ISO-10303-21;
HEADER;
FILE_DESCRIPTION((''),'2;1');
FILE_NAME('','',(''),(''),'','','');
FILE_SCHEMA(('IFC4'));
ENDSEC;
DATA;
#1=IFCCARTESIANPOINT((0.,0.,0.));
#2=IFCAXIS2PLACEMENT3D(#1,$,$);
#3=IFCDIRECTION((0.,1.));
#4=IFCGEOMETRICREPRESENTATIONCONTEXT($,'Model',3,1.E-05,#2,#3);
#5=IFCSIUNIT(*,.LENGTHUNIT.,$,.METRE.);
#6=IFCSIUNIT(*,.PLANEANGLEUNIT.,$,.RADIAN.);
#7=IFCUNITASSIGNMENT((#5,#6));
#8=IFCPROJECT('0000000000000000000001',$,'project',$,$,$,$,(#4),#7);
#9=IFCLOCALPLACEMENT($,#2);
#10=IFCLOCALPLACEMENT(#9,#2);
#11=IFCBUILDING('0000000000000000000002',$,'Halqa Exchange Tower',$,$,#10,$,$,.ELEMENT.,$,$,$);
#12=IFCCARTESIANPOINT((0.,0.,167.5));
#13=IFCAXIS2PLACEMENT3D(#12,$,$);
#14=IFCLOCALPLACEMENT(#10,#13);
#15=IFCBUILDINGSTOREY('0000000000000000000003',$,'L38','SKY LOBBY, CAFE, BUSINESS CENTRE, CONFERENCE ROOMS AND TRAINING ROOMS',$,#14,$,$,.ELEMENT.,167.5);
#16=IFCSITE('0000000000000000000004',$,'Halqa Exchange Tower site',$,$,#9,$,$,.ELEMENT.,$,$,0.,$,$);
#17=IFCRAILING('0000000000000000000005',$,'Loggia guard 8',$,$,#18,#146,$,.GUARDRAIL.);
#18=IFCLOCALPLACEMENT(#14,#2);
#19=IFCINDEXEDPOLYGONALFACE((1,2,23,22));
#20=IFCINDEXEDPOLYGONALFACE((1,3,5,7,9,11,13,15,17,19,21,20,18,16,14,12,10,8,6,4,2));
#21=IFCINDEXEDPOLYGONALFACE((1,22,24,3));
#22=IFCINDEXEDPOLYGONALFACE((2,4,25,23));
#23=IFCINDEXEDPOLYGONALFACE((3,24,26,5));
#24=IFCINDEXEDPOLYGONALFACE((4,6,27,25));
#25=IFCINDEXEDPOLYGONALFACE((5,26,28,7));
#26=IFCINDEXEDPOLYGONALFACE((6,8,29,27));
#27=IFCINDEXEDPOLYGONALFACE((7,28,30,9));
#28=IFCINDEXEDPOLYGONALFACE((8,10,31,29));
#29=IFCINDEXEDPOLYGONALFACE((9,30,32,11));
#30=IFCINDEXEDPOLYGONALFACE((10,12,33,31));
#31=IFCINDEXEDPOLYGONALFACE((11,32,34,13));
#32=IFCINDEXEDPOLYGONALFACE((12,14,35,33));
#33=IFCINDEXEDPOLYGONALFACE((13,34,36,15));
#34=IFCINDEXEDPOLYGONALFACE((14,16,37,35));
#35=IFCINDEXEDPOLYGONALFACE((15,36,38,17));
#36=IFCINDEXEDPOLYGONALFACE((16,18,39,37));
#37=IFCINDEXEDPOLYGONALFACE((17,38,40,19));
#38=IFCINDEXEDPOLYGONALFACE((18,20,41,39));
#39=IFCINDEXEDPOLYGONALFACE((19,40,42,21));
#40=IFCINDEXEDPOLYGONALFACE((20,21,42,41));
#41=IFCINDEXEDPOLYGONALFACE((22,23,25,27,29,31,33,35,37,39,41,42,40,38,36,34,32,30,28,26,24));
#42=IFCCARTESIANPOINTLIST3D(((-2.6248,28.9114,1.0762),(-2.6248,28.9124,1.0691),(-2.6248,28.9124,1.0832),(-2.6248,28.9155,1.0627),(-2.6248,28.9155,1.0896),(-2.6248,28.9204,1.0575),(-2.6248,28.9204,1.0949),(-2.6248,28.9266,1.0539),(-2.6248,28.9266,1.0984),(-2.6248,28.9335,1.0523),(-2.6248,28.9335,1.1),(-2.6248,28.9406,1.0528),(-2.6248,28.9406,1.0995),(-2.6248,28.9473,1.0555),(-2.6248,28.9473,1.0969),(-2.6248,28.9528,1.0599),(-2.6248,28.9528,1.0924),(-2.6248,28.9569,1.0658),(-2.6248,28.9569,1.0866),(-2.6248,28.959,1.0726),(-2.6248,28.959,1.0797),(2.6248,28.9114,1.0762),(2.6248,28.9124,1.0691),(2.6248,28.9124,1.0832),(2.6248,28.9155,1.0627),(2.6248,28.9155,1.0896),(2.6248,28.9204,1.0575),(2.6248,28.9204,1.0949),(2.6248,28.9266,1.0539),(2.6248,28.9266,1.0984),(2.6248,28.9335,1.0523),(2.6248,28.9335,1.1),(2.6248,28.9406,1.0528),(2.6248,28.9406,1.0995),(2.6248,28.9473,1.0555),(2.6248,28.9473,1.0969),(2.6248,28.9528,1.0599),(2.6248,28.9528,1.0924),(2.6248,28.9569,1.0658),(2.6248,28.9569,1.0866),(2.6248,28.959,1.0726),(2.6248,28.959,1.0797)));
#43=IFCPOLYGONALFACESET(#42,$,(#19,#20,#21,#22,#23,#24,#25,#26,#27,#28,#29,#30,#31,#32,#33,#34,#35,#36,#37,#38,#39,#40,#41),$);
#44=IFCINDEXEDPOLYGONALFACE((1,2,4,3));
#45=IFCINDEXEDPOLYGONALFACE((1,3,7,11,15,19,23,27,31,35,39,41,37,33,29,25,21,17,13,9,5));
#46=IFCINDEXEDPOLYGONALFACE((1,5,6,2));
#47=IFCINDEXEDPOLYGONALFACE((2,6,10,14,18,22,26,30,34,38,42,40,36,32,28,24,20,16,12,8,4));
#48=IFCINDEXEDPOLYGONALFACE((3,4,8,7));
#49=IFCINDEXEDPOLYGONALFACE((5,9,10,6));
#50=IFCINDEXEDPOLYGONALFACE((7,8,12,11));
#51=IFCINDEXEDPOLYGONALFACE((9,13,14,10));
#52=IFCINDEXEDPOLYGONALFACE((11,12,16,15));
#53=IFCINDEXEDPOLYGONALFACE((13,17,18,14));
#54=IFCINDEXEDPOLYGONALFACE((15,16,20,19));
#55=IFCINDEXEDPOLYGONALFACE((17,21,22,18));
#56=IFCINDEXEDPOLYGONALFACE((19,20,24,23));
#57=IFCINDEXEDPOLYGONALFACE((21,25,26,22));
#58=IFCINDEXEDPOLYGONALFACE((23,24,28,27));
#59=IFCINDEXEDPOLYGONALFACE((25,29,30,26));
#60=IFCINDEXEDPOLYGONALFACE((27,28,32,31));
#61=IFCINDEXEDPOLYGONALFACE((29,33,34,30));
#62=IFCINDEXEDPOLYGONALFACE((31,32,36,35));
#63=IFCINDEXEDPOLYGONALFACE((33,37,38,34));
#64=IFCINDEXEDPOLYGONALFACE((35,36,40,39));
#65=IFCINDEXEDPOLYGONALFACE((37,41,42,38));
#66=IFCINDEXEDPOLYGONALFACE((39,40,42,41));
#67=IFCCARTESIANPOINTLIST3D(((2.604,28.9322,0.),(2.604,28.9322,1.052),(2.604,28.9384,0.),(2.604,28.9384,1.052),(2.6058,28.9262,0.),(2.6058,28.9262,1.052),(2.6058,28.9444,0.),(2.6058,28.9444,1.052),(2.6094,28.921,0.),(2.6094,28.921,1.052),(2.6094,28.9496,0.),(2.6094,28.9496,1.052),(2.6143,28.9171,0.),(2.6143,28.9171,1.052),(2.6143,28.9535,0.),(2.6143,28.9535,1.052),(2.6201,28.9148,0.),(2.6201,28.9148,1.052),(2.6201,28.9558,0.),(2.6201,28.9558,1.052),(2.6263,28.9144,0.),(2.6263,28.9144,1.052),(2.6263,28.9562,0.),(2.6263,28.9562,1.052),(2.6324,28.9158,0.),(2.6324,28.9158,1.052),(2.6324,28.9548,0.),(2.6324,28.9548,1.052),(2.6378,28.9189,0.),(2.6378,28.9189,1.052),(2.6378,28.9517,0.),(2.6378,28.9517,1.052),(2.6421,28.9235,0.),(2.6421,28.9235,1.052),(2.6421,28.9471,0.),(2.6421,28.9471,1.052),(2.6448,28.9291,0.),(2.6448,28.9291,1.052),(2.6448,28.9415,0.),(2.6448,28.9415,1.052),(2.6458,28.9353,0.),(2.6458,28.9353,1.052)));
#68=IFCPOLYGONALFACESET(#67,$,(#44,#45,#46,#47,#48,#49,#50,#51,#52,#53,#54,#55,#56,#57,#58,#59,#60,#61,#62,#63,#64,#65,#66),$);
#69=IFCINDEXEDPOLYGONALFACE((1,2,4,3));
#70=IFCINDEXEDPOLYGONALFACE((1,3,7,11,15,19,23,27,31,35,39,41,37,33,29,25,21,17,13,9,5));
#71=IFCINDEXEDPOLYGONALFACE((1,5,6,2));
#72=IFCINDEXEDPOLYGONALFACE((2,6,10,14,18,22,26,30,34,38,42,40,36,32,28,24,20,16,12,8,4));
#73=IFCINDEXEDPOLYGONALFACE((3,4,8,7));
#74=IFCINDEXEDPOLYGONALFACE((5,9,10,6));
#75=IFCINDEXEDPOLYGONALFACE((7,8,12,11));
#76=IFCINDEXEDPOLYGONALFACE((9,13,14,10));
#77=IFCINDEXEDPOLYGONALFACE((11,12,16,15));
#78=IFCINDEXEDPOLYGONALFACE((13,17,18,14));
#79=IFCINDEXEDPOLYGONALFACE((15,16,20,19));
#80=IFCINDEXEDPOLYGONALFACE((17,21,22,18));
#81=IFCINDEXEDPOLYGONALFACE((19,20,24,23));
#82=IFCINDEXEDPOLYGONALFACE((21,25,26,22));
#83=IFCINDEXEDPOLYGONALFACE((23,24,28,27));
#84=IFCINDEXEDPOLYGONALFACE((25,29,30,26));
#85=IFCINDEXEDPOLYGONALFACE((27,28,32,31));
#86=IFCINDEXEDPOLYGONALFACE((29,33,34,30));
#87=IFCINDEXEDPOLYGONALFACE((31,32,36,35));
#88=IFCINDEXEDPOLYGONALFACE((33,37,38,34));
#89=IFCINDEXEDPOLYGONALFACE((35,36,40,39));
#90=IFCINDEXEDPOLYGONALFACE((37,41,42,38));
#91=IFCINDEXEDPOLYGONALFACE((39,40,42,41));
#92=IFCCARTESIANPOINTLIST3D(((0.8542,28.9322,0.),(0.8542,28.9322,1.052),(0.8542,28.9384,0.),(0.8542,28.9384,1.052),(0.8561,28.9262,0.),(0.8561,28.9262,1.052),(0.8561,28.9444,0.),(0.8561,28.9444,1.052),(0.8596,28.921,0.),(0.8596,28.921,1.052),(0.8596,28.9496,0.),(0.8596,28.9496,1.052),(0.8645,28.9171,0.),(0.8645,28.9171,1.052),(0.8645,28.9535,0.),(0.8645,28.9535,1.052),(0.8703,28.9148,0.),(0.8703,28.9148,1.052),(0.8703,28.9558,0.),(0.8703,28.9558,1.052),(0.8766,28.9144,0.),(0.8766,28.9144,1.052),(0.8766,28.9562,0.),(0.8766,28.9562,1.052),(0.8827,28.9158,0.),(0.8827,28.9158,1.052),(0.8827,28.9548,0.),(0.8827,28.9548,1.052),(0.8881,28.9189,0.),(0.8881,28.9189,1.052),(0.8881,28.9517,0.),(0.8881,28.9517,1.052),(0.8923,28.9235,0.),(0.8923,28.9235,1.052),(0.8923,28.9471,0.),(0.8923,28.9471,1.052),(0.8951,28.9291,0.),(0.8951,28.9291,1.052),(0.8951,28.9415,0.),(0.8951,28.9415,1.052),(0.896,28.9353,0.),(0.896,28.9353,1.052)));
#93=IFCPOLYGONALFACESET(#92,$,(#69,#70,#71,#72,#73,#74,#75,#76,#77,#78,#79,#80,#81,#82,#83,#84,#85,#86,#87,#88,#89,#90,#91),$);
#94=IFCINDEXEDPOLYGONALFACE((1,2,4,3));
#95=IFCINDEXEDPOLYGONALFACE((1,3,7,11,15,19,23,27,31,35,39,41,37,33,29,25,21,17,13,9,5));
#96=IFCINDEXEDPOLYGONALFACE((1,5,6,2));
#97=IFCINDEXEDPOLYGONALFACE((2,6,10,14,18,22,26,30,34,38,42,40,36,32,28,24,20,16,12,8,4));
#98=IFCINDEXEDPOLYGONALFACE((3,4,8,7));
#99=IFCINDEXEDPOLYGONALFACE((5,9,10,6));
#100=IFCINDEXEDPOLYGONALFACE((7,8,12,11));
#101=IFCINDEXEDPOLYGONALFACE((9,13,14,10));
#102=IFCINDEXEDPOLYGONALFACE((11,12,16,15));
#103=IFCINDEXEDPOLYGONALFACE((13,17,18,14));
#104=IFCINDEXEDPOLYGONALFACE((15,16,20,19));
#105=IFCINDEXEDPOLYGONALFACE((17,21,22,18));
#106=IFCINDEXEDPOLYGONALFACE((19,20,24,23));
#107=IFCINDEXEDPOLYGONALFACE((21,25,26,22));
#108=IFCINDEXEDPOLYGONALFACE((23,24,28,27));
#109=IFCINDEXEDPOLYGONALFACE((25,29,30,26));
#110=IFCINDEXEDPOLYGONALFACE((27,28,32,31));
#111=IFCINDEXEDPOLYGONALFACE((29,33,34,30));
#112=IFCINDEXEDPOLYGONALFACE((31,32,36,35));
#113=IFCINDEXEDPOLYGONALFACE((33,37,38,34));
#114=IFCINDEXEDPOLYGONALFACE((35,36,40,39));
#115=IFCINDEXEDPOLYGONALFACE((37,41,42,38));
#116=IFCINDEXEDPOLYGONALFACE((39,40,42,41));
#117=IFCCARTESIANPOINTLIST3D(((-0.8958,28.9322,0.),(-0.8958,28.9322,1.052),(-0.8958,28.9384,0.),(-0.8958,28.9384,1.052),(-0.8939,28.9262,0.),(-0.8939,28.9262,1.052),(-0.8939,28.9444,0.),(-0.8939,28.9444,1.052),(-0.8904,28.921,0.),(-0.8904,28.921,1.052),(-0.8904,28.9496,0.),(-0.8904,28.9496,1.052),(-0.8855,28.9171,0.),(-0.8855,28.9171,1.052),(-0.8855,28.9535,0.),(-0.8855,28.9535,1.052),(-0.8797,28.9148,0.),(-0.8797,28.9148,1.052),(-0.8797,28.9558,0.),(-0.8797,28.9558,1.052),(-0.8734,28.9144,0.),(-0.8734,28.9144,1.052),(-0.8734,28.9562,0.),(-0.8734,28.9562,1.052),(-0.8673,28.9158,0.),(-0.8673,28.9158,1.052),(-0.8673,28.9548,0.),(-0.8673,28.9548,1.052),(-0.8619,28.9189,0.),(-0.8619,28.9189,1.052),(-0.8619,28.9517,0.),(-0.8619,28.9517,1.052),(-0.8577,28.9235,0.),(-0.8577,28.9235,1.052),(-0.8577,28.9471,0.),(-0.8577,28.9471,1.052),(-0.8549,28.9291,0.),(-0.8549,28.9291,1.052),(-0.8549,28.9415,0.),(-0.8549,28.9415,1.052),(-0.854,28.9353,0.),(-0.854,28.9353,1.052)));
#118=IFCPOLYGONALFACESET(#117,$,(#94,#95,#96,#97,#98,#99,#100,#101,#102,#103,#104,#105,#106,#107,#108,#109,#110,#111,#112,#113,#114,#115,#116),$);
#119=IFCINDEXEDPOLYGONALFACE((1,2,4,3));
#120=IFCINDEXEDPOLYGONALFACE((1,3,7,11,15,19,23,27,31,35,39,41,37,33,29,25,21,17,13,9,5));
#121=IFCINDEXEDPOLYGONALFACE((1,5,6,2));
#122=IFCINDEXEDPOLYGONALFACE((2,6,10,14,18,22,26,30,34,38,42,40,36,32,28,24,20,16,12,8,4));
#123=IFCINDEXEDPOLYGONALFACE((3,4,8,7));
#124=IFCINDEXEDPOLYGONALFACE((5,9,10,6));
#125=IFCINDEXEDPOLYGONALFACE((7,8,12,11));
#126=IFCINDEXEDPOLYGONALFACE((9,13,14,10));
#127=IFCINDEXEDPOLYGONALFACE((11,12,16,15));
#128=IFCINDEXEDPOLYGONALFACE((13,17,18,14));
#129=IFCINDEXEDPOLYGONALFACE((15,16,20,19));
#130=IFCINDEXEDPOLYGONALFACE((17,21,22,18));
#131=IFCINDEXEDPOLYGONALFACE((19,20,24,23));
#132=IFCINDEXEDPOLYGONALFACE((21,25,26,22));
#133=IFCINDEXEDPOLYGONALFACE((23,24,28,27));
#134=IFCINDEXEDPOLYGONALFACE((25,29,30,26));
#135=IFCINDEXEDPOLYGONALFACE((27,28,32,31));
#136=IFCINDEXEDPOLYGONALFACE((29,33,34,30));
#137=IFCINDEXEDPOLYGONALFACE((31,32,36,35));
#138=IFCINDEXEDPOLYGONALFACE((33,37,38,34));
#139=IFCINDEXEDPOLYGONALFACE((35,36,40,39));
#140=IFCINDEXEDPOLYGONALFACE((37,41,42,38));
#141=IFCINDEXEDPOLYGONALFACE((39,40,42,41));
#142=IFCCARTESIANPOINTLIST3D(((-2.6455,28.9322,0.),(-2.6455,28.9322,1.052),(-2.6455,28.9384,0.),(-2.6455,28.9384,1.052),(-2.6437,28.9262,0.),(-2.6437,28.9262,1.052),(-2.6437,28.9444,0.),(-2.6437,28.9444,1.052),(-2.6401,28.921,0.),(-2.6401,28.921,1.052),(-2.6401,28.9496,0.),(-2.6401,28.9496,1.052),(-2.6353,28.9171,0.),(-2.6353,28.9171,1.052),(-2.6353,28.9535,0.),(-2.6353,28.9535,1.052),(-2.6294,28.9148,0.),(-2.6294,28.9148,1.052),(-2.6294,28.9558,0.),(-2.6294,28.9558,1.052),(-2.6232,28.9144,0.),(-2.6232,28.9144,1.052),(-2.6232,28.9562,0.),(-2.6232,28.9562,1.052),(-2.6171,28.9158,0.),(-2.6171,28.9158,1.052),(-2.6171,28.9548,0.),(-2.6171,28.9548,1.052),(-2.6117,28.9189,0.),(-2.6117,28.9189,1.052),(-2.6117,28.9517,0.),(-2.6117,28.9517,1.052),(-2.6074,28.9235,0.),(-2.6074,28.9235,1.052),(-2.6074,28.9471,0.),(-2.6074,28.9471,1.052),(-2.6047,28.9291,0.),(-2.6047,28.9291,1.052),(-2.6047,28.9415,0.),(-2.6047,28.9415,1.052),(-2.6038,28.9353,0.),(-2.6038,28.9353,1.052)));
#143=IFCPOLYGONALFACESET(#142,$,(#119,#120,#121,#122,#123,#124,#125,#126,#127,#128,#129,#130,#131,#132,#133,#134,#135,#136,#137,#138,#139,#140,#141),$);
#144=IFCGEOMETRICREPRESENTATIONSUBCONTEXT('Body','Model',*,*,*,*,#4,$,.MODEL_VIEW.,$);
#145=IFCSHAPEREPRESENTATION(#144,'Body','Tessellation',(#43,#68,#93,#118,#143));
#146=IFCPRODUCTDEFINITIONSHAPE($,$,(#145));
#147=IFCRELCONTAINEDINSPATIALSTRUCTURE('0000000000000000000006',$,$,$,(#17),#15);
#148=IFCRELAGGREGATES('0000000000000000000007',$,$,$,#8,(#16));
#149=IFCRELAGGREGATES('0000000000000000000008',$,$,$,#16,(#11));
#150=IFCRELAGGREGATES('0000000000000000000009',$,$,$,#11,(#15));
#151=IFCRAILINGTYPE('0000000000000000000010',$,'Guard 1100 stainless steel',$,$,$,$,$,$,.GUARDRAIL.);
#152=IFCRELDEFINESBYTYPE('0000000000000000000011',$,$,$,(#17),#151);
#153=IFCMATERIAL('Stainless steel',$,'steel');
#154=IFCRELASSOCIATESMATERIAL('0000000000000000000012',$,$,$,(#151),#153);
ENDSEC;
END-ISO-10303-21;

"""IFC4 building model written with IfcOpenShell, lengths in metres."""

from ifc_helpers import new_model, si_unit, direction, frame, origin, origin_2d, place, context, subcontext, project, spatial, circle, extrude, material, type_object, element, save


model = new_model("IFC4")

# Units and contexts
model_context = context("Model", 3, precision=1e-05, world=origin(), true_north=direction((0.0, 1.0)))
body_context = subcontext(model_context, "Body", "Model", "MODEL_VIEW")
ifc_project = project(units=[si_unit("LENGTHUNIT", "METRE"), si_unit("PLANEANGLEUNIT", "RADIAN")], contexts=[model_context])

# Site, building, storey
site_placement = place(None, origin())
site = spatial("IfcSite", under=ifc_project, at=site_placement, Name="Halqa Exchange Tower site", CompositionType="ELEMENT", RefElevation=0.0)
building_placement = place(site_placement, origin())
building = spatial("IfcBuilding", under=site, at=building_placement, Name="Halqa Exchange Tower", CompositionType="ELEMENT")
storey_placement = place(building_placement, frame((0.0, 0.0, 167.5)))
storey = spatial("IfcBuildingStorey", under=building, at=storey_placement, Name="L38", Description="SKY LOBBY, CAFE, BUSINESS CENTRE, CONFERENCE ROOMS AND TRAINING ROOMS", CompositionType="ELEMENT", Elevation=167.5)

# Railing
ifc_material_1 = material(Name="Stainless steel", Category="steel")
railing_type = type_object("IfcRailingType", Name="Guard 1100 stainless steel", PredefinedType="GUARDRAIL", material=ifc_material_1)
railing_1_placement = place(storey_placement, frame((2.6248, 28.9353, 0.0)))
element("IfcRailing", 1, at=railing_1_placement, inside=storey, type_object=railing_type, Name="Loggia guard 8", PredefinedType="GUARDRAIL", context=body_context, shape_type="SweptSolid", body=[
    extrude(circle(Radius=0.0239, at=origin_2d()), frame((0.0, 0.0, 1.0762), z_axis=(-1.0, 0.0, 0.0), x_axis=(0.0, -1.0, 0.0)), (0.0, 0.0, 1.0), 5.2495),
    extrude(circle(Radius=0.021, at=origin_2d()), origin(), (0.0, 0.0, 1.0), 1.052),
    extrude(circle(Radius=0.021, at=origin_2d()), frame((-1.7498, 0.0, 0.0)), (0.0, 0.0, 1.0), 1.052),
    extrude(circle(Radius=0.021, at=origin_2d()), frame((-3.4998, 0.0, 0.0)), (0.0, 0.0, 1.0), 1.052),
    extrude(circle(Radius=0.021, at=origin_2d()), frame((-5.2495, 0.0, 0.0)), (0.0, 0.0, 1.0), 1.052),
])

save(model, "model.ifc")
